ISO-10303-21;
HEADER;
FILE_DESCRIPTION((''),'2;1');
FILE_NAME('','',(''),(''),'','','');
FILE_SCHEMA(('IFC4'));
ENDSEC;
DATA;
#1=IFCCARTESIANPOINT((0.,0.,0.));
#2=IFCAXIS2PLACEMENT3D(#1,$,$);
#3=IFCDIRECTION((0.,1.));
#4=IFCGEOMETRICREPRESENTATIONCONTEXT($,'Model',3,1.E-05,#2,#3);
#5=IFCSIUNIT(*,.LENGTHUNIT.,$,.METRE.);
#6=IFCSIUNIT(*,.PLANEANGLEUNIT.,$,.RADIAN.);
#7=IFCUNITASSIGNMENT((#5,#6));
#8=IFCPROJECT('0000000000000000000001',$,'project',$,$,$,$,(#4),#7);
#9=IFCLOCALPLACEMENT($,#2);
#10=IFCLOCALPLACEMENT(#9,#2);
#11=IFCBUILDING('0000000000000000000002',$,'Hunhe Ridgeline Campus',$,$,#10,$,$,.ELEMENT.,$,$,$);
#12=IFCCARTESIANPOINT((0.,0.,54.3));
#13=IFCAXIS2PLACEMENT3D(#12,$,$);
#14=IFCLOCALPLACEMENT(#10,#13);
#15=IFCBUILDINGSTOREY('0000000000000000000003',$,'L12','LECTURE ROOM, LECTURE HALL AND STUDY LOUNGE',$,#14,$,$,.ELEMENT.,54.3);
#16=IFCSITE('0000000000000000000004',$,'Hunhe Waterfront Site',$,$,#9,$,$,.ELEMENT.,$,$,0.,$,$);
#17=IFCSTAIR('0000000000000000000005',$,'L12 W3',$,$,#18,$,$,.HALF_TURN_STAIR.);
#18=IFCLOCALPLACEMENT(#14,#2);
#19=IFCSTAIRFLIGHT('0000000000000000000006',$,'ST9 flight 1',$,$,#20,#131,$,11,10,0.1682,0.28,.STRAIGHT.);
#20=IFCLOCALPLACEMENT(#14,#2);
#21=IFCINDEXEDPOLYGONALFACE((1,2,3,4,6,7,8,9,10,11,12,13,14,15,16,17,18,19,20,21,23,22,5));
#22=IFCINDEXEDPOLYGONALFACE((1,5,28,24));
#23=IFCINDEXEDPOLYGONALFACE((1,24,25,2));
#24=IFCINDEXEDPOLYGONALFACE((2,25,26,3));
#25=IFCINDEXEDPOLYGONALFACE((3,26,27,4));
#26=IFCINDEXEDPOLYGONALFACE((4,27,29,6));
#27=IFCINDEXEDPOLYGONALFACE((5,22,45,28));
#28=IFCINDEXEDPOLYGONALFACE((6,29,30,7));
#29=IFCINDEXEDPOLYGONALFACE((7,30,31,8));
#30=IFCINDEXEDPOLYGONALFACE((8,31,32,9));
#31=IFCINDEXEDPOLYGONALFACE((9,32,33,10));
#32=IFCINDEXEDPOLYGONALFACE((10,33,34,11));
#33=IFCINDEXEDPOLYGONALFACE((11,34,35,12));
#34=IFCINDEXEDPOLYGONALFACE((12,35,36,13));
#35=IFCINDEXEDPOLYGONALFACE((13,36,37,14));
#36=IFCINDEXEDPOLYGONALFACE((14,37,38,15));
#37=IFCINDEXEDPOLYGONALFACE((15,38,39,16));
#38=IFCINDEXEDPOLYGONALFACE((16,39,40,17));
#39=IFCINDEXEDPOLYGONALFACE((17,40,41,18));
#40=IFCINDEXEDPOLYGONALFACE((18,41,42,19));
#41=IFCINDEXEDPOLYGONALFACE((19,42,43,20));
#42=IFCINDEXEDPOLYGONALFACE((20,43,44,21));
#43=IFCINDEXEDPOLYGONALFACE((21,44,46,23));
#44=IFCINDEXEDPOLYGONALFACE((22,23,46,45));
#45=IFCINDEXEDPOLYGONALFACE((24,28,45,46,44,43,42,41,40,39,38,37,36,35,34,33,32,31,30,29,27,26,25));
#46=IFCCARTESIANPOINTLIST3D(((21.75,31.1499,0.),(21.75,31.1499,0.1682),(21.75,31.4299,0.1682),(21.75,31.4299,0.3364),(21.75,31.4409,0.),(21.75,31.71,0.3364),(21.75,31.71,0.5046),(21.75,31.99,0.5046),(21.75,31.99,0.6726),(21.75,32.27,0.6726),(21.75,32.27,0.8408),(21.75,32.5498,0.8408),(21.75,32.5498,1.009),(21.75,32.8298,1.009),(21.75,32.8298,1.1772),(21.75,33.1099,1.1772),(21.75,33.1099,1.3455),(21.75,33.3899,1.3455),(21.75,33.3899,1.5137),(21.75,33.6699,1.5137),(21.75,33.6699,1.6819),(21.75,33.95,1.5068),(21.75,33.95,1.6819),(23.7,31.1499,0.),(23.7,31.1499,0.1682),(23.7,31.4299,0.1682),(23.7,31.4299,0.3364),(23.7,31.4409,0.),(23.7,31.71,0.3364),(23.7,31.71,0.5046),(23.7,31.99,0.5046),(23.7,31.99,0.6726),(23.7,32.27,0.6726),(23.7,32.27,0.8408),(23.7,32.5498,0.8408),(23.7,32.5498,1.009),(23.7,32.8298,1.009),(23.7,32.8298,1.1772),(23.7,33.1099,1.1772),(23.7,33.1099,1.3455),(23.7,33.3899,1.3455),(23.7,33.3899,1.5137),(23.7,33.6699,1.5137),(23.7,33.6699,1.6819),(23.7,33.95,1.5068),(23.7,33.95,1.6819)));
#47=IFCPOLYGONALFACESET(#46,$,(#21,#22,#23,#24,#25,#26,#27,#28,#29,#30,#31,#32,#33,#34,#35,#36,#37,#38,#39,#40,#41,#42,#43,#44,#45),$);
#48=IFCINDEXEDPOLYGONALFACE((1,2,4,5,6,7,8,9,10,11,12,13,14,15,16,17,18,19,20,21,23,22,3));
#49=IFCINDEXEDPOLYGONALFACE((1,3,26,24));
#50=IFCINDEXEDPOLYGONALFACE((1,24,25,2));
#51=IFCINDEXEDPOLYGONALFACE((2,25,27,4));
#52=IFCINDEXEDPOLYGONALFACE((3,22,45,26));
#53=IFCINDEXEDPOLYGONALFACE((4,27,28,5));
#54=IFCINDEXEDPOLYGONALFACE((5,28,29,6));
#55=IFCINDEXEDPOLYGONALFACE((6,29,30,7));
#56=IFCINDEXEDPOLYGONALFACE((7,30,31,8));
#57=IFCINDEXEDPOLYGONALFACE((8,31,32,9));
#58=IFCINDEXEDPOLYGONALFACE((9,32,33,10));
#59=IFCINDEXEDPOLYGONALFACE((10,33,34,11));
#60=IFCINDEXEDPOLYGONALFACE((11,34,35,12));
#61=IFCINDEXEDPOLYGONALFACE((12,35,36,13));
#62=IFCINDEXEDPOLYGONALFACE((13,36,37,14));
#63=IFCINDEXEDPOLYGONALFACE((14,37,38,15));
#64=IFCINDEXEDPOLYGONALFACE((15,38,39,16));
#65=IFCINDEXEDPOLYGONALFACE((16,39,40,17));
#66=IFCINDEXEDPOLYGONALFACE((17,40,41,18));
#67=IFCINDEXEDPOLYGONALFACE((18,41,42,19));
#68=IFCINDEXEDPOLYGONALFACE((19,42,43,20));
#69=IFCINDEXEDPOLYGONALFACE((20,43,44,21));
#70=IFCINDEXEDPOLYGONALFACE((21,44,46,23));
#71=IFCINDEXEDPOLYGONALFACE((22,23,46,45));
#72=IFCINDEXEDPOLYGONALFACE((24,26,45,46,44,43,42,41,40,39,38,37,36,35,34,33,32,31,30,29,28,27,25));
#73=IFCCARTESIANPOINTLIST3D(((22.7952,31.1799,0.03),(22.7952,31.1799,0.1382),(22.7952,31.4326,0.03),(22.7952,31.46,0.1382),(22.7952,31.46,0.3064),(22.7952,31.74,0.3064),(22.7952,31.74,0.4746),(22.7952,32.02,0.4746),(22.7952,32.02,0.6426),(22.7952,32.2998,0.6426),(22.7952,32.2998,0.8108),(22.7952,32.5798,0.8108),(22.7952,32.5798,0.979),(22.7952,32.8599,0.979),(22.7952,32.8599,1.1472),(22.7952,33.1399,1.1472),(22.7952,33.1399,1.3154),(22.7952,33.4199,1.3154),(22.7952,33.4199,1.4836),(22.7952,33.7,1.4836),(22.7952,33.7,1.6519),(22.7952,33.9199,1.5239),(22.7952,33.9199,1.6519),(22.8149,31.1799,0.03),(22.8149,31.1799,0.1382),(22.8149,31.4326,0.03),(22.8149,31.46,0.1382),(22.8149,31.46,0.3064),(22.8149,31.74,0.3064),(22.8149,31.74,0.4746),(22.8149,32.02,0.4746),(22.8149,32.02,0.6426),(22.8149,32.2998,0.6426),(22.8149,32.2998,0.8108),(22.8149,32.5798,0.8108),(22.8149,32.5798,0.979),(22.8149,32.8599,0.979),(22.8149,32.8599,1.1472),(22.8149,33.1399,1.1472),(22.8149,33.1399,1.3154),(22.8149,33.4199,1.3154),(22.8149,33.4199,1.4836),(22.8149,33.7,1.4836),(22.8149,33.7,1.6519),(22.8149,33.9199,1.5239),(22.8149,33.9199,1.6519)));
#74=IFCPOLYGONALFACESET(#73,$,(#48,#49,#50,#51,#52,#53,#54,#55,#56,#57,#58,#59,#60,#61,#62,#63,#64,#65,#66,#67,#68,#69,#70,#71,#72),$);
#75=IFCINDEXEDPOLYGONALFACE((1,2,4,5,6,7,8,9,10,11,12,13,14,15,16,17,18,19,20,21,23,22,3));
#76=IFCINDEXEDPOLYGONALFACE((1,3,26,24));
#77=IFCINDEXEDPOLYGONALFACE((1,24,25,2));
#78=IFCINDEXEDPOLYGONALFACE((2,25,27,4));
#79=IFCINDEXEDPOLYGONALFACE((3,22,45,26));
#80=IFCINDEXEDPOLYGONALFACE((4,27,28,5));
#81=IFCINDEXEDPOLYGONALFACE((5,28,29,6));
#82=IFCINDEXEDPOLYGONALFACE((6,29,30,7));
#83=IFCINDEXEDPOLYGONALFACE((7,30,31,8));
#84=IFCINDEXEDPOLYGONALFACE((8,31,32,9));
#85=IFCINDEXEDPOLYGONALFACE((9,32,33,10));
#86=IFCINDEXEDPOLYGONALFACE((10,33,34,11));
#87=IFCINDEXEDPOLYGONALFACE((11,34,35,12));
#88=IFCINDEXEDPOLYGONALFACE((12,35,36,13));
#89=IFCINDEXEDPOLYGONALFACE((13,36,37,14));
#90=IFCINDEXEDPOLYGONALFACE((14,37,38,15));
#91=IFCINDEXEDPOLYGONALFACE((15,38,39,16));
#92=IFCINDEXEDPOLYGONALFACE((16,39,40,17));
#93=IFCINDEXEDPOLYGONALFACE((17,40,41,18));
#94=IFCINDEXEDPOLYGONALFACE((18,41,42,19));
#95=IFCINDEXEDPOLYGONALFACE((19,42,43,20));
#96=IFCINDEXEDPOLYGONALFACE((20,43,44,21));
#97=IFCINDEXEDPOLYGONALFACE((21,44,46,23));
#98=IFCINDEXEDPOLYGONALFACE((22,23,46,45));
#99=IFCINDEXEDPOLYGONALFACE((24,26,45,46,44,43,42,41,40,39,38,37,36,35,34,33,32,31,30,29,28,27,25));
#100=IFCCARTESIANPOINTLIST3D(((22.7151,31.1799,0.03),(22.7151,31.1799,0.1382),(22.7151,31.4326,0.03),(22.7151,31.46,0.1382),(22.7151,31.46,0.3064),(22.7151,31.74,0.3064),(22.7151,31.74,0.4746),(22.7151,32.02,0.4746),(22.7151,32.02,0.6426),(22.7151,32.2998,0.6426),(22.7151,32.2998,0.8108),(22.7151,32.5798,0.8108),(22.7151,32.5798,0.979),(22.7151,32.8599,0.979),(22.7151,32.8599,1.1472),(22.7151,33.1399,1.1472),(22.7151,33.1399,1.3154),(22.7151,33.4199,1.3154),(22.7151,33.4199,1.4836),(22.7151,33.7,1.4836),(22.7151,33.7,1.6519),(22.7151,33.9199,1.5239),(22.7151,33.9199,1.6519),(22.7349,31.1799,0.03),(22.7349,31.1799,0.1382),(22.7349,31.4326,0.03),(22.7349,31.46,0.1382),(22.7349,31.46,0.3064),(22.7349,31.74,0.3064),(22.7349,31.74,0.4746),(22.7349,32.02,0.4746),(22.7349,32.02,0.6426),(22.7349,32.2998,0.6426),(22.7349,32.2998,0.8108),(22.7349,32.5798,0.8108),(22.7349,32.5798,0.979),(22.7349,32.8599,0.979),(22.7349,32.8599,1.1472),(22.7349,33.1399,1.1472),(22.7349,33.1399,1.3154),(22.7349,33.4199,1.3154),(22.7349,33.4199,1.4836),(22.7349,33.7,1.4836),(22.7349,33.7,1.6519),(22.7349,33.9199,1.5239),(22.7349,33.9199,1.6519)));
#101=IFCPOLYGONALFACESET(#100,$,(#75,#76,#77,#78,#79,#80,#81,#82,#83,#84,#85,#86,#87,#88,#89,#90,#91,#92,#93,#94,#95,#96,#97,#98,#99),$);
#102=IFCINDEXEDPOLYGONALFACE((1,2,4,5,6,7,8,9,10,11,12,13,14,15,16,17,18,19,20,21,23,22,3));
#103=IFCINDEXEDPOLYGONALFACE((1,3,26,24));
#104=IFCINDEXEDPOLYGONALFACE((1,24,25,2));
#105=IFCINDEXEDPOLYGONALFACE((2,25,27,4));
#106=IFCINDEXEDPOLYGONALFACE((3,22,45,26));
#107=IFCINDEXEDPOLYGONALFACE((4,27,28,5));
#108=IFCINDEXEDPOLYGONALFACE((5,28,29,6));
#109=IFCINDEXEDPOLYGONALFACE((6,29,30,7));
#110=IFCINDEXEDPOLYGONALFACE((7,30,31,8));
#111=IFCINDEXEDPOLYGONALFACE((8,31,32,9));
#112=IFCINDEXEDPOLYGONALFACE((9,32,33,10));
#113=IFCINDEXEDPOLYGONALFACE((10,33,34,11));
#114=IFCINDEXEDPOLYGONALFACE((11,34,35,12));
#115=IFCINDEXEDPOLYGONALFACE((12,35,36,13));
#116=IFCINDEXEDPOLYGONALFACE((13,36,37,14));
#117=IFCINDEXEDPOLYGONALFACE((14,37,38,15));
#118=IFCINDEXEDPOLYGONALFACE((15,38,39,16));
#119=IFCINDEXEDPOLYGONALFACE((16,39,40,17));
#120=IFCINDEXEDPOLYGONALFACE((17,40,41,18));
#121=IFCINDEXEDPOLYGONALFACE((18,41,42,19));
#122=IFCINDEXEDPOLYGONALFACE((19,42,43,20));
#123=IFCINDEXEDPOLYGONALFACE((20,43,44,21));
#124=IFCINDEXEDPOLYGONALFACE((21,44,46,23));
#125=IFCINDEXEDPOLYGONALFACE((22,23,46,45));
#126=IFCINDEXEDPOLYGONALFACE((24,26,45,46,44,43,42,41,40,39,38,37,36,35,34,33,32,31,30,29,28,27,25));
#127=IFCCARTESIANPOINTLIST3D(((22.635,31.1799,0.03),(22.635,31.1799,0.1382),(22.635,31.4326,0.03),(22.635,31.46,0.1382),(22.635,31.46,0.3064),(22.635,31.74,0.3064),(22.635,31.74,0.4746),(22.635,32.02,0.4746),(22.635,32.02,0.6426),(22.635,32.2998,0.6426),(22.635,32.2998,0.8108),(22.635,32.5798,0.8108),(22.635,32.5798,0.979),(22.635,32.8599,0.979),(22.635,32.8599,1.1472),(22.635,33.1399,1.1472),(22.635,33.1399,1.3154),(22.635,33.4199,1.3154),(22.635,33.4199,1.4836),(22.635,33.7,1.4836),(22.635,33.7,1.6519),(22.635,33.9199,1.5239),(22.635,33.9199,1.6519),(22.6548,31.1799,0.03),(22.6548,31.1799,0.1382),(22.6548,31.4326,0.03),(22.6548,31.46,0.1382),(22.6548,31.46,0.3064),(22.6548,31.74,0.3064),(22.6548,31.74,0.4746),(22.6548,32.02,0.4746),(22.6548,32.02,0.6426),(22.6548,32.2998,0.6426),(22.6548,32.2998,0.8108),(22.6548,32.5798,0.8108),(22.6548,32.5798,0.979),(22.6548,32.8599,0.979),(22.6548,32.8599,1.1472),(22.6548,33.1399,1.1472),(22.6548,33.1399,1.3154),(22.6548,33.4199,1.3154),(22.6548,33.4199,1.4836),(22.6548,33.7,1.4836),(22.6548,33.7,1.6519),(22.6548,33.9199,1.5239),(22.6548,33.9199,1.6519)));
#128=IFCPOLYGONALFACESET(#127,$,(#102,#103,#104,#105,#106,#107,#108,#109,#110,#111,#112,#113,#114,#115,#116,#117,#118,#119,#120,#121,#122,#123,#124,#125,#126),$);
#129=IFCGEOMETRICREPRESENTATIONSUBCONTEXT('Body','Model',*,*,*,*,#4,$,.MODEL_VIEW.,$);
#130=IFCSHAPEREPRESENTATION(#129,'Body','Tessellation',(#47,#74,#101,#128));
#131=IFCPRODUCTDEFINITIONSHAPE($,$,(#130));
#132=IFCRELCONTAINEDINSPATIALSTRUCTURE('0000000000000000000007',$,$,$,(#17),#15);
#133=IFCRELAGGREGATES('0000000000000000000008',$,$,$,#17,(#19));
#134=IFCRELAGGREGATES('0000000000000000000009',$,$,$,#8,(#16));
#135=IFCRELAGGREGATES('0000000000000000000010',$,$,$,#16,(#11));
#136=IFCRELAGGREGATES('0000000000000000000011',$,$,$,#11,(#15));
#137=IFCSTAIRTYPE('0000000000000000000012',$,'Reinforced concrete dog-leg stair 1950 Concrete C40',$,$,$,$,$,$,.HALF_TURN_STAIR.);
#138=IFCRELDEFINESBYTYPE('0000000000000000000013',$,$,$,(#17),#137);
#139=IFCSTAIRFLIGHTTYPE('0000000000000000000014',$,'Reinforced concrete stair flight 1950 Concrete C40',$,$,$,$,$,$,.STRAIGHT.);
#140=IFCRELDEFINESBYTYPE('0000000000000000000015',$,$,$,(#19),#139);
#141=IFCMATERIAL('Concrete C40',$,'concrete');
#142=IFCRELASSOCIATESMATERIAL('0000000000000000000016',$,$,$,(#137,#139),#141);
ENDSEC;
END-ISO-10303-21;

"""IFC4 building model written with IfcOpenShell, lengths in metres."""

from ifc_helpers import new_model, si_unit, direction, frame, origin, place, context, subcontext, project, spatial, polyline, outline, extrude, material, type_object, element, aggregate, save


model = new_model("IFC4")

# Units and contexts
model_context = context("Model", 3, precision=1e-05, world=origin(), true_north=direction((0.0, 1.0)))
body_context = subcontext(model_context, "Body", "Model", "MODEL_VIEW")
ifc_project = project(units=[si_unit("LENGTHUNIT", "METRE"), si_unit("PLANEANGLEUNIT", "RADIAN")], contexts=[model_context])

# Site, building, storey
site_placement = place(None, origin())
site = spatial("IfcSite", under=ifc_project, at=site_placement, Name="Hunhe Waterfront Site", CompositionType="ELEMENT", RefElevation=0.0)
building_placement = place(site_placement, origin())
building = spatial("IfcBuilding", under=site, at=building_placement, Name="Hunhe Ridgeline Campus", CompositionType="ELEMENT")
storey_placement = place(building_placement, frame((0.0, 0.0, 54.3)))
storey = spatial("IfcBuildingStorey", under=building, at=storey_placement, Name="L12", Description="LECTURE ROOM, LECTURE HALL AND STUDY LOUNGE", CompositionType="ELEMENT", Elevation=54.3)

# Stair, stair flight
ifc_material_1 = material(Name="Concrete C40", Category="concrete")
stair_type = type_object("IfcStairType", Name="Reinforced concrete dog-leg stair 1950 Concrete C40", PredefinedType="HALF_TURN_STAIR", material=ifc_material_1)
stair_placement = place(storey_placement, origin())
stair = element("IfcStair", 1, at=stair_placement, inside=storey, type_object=stair_type, Name="L12 W3", PredefinedType="HALF_TURN_STAIR")
stair_flight_type = type_object("IfcStairFlightType", Name="Reinforced concrete stair flight 1950 Concrete C40", PredefinedType="STRAIGHT", material=ifc_material_1)
stair_flight_placement = place(storey_placement, frame((22.7251, 31.1499, 0.0), z_axis=(0.0, 0.0, 1.0), x_axis=(0.0, 1.0, 0.0)))
stair_flight = element("IfcStairFlight", 2, at=stair_flight_placement, type_object=stair_flight_type, Name="ST9 flight 1", NumberOfRisers=11, NumberOfTreads=10, PredefinedType="STRAIGHT", RiserHeight=0.1682, TreadLength=0.28, context=body_context, shape_type="SweptSolid", body=[
    extrude(outline(polyline([(0.0, 0.0), (0.0, 0.1682), (0.28, 0.1682), (0.28, 0.3364), (0.5601, 0.3364), (0.5601, 0.5046), (0.8401, 0.5046), (0.8401, 0.6726), (1.1201, 0.6726), (1.1201, 0.8408), (1.3999, 0.8408), (1.3999, 1.009), (1.6799, 1.009), (1.6799, 1.1772), (1.96, 1.1772), (1.96, 1.3455), (2.24, 1.3455), (2.24, 1.5137), (2.52, 1.5137), (2.52, 1.6819), (2.8, 1.6819), (2.8, 1.8501), (2.8, 1.5068), (0.291, 0.0), (0.0, 0.0)])), frame((0.0, 0.9751, 0.0), z_axis=(0.0, -1.0, 0.0), x_axis=(1.0, 0.0, 0.0)), (0.0, 0.0, 1.0), 1.95),
    extrude(outline(polyline([(0.03, 0.03), (0.03, 0.1382), (0.3101, 0.1382), (0.3101, 0.3064), (0.5901, 0.3064), (0.5901, 0.4746), (0.8701, 0.4746), (0.8701, 0.6426), (1.1499, 0.6426), (1.1499, 0.8108), (1.4299, 0.8108), (1.4299, 0.979), (1.71, 0.979), (1.71, 1.1472), (1.99, 1.1472), (1.99, 1.3154), (2.27, 1.3154), (2.27, 1.4836), (2.55, 1.4836), (2.55, 1.6519), (2.77, 1.6519), (2.77, 1.5239), (0.2827, 0.03), (0.03, 0.03)])), frame((0.0, -0.0701, 0.0), z_axis=(0.0, -1.0, 0.0), x_axis=(1.0, 0.0, 0.0)), (0.0, 0.0, 1.0), 0.0198),
    extrude(outline(polyline([(0.03, 0.03), (0.03, 0.1382), (0.3101, 0.1382), (0.3101, 0.3064), (0.5901, 0.3064), (0.5901, 0.4746), (0.8701, 0.4746), (0.8701, 0.6426), (1.1499, 0.6426), (1.1499, 0.8108), (1.4299, 0.8108), (1.4299, 0.979), (1.71, 0.979), (1.71, 1.1472), (1.99, 1.1472), (1.99, 1.3154), (2.27, 1.3154), (2.27, 1.4836), (2.55, 1.4836), (2.55, 1.6519), (2.77, 1.6519), (2.77, 1.5239), (0.2827, 0.03), (0.03, 0.03)])), frame((0.0, 0.01, 0.0), z_axis=(0.0, -1.0, 0.0), x_axis=(1.0, 0.0, 0.0)), (0.0, 0.0, 1.0), 0.0198),
    extrude(outline(polyline([(0.03, 0.03), (0.03, 0.1382), (0.3101, 0.1382), (0.3101, 0.3064), (0.5901, 0.3064), (0.5901, 0.4746), (0.8701, 0.4746), (0.8701, 0.6426), (1.1499, 0.6426), (1.1499, 0.8108), (1.4299, 0.8108), (1.4299, 0.979), (1.71, 0.979), (1.71, 1.1472), (1.99, 1.1472), (1.99, 1.3154), (2.27, 1.3154), (2.27, 1.4836), (2.55, 1.4836), (2.55, 1.6519), (2.77, 1.6519), (2.77, 1.5239), (0.2827, 0.03), (0.03, 0.03)])), frame((0.0, 0.0901, 0.0), z_axis=(0.0, -1.0, 0.0), x_axis=(1.0, 0.0, 0.0)), (0.0, 0.0, 1.0), 0.0198),
])
aggregate(stair, [stair_flight])

save(model, "model.ifc")
